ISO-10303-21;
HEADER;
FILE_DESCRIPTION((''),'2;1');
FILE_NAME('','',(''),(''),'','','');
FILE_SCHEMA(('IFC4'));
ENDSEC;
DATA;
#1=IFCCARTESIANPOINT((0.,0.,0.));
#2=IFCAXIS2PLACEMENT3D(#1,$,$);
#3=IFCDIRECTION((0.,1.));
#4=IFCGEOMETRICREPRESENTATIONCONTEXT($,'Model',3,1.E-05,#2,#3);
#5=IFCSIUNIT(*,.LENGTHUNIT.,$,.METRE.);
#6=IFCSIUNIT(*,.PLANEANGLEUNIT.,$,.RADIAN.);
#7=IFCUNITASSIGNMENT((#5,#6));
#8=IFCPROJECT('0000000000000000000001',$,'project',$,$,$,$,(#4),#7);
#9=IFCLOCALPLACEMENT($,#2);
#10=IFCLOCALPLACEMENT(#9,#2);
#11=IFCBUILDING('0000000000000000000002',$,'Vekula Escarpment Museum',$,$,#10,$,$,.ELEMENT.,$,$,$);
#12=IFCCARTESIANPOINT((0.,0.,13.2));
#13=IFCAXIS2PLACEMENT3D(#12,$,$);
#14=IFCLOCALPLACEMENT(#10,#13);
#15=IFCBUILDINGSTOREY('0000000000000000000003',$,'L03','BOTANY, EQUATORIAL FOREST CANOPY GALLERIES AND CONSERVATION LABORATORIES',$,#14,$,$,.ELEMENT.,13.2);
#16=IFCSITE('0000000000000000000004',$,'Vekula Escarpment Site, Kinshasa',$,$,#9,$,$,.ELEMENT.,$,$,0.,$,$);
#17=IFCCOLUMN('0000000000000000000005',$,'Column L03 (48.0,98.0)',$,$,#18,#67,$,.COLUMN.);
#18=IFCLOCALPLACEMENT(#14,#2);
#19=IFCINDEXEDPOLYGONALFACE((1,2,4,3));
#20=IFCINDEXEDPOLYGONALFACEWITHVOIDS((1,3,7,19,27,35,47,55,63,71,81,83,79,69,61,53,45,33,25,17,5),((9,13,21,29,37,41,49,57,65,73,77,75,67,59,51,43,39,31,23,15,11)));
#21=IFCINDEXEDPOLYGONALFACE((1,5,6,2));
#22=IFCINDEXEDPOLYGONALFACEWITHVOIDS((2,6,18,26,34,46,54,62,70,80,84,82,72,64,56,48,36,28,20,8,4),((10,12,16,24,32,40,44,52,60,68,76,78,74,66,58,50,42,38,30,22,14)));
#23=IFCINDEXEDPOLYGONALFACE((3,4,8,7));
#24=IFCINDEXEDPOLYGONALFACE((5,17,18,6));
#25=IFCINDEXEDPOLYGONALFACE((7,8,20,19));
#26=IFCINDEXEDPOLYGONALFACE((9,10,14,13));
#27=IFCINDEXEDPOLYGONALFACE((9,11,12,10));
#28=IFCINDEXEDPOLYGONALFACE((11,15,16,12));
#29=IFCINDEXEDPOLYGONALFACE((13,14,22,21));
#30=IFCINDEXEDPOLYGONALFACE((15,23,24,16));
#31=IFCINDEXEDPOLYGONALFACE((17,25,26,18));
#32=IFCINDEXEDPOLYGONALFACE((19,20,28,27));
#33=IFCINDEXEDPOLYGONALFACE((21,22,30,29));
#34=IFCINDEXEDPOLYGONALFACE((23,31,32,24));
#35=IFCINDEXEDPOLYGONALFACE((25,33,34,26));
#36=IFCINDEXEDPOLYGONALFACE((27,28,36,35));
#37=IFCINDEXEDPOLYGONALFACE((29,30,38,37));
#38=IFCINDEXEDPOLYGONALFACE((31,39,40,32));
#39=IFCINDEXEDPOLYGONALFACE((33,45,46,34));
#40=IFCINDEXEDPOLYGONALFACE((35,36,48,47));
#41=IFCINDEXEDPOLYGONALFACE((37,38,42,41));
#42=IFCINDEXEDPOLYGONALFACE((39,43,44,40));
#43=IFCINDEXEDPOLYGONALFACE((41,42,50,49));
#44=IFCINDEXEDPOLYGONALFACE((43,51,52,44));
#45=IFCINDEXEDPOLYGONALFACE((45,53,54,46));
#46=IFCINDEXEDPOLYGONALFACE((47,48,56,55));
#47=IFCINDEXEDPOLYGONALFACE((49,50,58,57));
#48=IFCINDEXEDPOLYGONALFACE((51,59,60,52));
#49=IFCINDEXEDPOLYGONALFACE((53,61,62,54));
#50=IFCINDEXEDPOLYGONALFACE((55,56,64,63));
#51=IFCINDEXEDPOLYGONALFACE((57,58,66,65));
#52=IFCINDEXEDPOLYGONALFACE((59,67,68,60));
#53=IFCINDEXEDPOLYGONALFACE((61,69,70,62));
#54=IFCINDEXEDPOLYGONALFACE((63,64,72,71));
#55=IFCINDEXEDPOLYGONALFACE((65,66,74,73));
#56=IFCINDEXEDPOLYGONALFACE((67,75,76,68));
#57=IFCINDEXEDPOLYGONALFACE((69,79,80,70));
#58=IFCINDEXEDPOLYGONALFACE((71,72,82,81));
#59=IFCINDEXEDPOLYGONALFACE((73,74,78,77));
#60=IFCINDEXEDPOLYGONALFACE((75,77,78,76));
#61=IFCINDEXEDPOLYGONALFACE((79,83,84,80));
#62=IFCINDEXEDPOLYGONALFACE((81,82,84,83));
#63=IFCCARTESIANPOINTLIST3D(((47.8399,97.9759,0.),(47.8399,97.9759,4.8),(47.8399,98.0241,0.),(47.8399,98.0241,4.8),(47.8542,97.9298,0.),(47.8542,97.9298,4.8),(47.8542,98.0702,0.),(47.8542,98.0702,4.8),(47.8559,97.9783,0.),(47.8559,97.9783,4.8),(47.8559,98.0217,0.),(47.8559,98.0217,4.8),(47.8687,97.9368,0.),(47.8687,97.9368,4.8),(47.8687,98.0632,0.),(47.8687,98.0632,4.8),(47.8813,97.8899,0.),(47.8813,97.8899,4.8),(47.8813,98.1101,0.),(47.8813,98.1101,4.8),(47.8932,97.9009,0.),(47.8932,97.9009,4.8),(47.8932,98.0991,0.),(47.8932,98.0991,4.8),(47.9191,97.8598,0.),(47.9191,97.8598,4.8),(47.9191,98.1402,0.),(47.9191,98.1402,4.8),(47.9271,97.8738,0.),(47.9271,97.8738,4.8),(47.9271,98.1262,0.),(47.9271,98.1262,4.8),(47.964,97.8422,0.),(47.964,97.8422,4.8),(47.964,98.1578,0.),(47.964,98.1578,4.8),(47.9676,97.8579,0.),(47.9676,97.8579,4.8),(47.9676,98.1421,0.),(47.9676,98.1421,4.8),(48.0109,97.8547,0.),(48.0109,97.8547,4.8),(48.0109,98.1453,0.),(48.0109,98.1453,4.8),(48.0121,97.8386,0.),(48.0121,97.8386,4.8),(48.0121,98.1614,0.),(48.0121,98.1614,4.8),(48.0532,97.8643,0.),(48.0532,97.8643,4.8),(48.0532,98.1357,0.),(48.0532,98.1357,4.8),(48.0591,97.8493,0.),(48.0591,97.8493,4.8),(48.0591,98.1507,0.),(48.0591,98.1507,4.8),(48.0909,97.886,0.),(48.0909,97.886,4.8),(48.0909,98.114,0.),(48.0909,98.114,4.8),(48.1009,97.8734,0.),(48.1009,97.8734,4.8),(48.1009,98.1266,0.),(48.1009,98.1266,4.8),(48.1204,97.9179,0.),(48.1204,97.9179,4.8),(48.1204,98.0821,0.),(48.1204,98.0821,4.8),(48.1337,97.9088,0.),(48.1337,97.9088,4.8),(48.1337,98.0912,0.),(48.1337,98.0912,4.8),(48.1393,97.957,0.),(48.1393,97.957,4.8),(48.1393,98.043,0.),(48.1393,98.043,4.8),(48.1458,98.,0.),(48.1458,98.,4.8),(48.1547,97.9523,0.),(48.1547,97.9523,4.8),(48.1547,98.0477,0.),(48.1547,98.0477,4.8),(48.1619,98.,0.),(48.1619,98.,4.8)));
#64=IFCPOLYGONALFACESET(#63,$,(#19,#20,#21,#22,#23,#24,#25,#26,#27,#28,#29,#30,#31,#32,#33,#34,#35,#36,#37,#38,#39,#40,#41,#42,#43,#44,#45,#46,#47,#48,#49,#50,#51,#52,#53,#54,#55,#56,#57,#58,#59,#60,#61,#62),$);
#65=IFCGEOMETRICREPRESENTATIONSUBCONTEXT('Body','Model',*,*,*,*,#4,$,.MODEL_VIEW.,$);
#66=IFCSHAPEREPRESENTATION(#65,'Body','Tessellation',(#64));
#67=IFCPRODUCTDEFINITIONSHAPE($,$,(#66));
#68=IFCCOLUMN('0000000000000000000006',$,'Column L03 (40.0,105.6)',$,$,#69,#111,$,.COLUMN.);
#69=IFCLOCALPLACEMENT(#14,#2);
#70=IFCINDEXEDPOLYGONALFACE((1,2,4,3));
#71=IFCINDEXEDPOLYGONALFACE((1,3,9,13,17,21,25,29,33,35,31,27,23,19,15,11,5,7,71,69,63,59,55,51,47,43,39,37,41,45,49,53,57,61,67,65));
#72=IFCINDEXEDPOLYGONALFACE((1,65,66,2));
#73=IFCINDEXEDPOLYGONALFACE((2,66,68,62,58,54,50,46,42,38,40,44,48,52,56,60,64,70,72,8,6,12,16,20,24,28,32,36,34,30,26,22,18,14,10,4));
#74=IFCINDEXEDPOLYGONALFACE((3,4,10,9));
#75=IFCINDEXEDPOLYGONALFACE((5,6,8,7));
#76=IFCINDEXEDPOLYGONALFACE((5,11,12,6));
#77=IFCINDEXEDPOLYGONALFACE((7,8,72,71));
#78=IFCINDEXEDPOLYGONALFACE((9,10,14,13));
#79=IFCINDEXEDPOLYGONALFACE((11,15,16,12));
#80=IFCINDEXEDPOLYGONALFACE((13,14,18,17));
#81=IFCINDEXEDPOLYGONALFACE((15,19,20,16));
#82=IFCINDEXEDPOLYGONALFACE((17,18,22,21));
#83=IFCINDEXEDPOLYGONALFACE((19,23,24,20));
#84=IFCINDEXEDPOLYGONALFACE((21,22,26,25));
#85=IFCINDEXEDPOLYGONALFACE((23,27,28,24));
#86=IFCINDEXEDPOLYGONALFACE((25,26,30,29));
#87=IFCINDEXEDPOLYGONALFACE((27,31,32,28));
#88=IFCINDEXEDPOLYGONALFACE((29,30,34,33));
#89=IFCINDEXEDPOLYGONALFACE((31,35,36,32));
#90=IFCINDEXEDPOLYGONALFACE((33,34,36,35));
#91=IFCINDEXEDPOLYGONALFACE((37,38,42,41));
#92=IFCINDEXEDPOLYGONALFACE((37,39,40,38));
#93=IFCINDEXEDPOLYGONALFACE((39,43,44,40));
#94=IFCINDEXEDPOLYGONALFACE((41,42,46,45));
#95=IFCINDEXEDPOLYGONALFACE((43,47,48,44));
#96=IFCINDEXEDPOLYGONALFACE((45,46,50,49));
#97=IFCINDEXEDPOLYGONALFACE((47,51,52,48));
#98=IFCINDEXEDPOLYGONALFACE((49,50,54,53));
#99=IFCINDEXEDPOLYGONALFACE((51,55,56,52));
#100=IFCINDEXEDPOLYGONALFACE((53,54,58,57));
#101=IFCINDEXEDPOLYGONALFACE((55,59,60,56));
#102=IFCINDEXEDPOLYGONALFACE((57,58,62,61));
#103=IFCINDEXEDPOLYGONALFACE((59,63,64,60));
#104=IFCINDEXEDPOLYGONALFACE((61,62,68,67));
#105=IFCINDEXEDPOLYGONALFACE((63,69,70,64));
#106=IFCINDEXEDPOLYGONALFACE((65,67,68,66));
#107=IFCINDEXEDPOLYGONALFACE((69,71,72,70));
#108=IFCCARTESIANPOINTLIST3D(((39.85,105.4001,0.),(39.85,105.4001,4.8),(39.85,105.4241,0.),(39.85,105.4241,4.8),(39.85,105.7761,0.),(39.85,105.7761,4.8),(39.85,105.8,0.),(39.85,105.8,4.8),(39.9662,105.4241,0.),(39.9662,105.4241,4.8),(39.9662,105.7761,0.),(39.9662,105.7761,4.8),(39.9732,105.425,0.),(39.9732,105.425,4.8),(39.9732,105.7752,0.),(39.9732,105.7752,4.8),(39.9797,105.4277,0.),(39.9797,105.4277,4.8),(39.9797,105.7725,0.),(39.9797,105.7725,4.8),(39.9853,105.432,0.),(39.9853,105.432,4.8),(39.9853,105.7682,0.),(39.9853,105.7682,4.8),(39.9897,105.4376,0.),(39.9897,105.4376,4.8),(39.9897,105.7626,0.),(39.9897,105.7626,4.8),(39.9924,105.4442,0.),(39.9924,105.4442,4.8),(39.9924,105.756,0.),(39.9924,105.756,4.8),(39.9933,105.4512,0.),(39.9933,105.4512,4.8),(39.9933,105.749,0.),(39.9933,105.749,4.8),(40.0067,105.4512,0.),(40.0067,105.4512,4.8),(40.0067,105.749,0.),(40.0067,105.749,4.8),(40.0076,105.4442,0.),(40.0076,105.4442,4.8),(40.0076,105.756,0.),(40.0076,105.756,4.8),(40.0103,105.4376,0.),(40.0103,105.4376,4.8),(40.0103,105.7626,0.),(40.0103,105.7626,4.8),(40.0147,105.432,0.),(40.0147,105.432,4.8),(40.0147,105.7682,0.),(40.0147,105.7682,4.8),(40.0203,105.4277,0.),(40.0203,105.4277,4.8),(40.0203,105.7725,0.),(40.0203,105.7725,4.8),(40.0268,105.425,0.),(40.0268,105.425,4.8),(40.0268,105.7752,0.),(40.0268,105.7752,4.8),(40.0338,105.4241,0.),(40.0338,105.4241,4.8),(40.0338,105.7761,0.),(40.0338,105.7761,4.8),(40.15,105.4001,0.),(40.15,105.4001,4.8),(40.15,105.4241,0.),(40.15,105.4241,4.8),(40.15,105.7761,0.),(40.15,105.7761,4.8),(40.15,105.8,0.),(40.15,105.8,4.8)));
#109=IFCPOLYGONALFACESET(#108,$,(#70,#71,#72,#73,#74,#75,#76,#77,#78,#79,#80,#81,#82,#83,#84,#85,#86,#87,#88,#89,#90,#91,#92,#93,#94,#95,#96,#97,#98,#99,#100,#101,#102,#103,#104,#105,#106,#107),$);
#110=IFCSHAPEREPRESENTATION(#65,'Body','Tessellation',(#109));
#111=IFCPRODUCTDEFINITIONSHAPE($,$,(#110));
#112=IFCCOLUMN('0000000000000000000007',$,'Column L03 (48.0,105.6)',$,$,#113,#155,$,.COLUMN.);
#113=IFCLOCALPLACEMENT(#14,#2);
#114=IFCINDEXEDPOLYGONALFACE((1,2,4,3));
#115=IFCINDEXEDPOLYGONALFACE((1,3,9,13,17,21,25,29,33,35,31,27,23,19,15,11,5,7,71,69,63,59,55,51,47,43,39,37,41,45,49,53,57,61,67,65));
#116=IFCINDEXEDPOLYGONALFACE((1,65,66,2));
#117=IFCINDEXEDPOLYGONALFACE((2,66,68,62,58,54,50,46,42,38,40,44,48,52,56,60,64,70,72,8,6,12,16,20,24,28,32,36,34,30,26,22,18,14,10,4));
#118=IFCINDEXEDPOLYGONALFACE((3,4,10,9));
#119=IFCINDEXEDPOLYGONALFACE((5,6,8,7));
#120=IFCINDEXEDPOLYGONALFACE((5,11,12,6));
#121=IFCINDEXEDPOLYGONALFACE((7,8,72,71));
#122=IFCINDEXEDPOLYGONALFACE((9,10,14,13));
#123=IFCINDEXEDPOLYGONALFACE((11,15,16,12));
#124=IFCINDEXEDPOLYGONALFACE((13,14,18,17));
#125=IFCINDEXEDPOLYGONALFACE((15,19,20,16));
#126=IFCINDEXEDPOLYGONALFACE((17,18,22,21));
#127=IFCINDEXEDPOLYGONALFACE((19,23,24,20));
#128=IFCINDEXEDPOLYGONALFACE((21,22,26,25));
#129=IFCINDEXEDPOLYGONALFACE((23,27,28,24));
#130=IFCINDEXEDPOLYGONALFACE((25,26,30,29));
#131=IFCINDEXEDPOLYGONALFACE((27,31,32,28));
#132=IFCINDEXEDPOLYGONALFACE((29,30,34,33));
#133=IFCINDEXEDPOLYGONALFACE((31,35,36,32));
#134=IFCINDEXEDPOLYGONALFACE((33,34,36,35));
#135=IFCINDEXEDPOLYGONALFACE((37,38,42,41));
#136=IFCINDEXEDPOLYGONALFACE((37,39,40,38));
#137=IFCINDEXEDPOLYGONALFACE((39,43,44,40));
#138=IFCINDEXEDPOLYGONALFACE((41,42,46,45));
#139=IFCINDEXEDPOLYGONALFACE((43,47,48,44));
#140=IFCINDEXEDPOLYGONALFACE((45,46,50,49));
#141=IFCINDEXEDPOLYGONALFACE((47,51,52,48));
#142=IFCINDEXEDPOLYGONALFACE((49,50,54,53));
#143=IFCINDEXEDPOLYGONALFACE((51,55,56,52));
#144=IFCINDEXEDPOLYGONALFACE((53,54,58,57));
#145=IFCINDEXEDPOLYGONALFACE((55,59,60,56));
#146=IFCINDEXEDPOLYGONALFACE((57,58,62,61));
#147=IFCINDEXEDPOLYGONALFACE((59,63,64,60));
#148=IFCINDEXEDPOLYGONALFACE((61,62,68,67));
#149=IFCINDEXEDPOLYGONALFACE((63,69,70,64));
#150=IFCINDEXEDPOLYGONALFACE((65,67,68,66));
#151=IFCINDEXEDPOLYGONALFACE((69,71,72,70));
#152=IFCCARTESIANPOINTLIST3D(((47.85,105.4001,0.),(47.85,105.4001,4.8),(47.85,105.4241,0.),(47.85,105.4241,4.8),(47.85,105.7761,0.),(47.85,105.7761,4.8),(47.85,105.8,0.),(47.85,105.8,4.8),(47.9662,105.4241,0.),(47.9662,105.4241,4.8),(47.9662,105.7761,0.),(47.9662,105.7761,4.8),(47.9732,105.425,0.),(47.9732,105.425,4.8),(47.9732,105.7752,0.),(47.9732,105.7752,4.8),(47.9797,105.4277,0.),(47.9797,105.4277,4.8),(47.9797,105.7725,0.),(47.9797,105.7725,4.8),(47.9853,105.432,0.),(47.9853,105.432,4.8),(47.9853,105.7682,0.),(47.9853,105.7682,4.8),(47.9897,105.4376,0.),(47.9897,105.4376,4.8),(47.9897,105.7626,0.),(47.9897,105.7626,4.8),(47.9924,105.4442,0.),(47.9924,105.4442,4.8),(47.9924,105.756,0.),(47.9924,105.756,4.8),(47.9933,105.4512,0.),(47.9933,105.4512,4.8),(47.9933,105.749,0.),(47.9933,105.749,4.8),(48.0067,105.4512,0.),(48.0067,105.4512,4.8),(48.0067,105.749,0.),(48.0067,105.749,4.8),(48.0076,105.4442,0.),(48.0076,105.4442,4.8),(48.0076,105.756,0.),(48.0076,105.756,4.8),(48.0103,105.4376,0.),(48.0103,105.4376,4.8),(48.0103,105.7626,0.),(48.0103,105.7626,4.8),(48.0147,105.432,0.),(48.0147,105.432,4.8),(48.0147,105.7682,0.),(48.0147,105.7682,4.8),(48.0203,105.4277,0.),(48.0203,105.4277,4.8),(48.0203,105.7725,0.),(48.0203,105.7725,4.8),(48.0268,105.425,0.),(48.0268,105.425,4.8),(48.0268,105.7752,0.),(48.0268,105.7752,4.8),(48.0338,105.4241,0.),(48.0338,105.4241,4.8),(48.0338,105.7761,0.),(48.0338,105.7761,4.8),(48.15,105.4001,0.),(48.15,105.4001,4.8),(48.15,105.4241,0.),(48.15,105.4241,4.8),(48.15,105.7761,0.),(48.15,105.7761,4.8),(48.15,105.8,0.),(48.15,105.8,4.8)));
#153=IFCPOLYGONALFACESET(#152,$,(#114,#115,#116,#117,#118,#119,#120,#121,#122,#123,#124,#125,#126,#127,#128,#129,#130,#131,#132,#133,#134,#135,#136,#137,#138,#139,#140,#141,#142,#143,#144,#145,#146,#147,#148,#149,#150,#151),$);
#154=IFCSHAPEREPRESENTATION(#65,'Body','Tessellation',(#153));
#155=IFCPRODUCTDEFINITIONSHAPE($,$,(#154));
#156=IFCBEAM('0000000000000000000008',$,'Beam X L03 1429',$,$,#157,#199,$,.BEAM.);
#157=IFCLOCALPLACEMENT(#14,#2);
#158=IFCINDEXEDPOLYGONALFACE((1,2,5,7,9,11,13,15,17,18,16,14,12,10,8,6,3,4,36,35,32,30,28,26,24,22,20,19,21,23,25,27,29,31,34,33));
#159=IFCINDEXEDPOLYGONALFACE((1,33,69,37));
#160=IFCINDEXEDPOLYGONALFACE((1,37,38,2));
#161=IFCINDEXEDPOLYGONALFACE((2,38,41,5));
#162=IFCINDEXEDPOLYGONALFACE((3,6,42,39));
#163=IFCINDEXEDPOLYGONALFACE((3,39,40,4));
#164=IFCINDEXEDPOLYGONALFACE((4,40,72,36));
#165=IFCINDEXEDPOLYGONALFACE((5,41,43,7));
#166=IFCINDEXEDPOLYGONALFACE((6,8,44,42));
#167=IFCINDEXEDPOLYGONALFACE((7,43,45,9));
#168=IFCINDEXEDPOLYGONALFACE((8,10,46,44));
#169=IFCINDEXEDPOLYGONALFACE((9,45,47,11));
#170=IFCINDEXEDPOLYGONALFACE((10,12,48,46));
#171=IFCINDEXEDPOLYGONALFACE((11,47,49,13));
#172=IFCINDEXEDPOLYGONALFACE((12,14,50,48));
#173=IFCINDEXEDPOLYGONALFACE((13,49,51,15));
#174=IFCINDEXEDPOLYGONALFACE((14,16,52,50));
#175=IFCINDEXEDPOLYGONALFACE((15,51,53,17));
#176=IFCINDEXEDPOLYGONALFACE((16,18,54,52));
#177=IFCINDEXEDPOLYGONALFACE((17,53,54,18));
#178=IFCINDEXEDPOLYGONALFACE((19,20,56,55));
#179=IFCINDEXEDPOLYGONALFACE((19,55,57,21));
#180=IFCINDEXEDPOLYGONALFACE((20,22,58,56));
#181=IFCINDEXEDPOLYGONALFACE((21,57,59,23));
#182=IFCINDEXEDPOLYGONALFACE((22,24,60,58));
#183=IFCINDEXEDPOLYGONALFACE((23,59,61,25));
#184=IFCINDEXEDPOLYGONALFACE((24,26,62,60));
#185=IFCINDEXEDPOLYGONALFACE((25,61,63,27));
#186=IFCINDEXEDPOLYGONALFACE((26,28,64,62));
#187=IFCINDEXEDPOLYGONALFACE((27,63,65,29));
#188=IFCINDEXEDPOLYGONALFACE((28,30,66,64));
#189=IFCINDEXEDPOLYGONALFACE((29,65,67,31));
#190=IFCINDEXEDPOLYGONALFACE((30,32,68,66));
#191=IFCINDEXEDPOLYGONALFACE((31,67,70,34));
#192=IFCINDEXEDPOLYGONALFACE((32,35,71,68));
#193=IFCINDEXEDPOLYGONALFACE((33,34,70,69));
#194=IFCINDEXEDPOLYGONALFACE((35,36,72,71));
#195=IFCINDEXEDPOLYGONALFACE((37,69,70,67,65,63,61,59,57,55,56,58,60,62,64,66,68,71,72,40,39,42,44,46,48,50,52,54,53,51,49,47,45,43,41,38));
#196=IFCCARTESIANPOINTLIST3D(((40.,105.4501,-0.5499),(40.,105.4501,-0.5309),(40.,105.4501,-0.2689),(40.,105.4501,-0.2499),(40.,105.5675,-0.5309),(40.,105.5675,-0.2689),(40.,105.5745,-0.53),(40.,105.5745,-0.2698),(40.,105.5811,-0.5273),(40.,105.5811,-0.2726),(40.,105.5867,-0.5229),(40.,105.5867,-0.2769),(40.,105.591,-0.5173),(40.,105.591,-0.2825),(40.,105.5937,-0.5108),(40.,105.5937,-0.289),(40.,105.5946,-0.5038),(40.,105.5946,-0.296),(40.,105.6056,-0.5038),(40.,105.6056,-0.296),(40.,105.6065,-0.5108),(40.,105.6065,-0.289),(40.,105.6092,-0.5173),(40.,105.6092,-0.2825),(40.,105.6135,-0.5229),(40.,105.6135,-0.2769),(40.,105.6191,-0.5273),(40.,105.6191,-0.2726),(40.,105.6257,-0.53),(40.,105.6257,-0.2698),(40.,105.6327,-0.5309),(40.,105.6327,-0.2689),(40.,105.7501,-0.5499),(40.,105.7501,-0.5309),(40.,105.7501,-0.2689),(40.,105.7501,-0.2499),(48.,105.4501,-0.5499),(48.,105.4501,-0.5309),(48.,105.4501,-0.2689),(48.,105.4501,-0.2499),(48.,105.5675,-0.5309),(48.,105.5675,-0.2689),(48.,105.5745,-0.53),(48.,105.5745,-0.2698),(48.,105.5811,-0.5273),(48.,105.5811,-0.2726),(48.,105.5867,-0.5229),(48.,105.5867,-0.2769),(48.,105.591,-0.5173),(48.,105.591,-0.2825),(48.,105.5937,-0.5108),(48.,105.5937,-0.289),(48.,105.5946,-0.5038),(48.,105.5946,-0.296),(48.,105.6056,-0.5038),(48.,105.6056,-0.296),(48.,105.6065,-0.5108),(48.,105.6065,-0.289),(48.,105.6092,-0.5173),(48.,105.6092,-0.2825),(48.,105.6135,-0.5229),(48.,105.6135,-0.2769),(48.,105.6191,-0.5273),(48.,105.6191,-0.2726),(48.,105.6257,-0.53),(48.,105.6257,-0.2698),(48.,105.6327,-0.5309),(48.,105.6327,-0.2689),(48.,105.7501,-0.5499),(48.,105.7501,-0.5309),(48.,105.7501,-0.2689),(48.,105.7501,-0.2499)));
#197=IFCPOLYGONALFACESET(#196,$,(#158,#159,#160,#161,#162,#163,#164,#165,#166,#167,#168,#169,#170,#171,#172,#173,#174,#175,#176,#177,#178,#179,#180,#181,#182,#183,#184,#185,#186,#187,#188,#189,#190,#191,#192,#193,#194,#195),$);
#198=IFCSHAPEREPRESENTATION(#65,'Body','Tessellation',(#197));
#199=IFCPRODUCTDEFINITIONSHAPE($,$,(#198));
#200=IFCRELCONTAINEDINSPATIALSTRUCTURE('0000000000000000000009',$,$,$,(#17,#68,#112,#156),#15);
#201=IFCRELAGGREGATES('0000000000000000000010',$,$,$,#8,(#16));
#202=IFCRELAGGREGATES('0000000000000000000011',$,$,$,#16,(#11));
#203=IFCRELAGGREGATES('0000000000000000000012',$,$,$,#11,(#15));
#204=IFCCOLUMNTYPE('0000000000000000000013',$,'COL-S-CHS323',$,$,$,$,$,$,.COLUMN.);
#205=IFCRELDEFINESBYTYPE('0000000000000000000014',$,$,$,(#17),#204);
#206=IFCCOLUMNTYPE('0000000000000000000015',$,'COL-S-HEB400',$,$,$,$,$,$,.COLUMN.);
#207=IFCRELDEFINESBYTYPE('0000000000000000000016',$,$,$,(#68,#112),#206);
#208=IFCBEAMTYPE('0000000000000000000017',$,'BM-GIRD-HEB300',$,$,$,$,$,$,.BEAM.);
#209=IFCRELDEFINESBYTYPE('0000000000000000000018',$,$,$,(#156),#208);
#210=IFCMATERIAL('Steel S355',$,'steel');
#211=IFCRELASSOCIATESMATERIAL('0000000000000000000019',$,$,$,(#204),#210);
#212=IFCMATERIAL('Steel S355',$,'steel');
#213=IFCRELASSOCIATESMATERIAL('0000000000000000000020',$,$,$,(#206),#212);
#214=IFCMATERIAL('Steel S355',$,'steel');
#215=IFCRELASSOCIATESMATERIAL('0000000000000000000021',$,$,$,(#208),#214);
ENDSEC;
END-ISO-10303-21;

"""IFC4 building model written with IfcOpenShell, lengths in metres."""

from ifc_helpers import new_model, si_unit, direction, frame, origin, origin_2d, place, context, subcontext, project, spatial, hollow_circle, i_section, extrude, material, material_profile, profile_set, type_object, element, save


model = new_model("IFC4")

# Units and contexts
model_context = context("Model", 3, precision=1e-05, world=origin(), true_north=direction((0.0, 1.0)))
body_context = subcontext(model_context, "Body", "Model", "MODEL_VIEW")
ifc_project = project(units=[si_unit("LENGTHUNIT", "METRE"), si_unit("PLANEANGLEUNIT", "RADIAN")], contexts=[model_context])

# Site, building, storey
site_placement = place(None, origin())
site = spatial("IfcSite", under=ifc_project, at=site_placement, Name="Vekula Escarpment Site, Kinshasa", CompositionType="ELEMENT", RefElevation=0.0)
building_placement = place(site_placement, origin())
building = spatial("IfcBuilding", under=site, at=building_placement, Name="Vekula Escarpment Museum", CompositionType="ELEMENT")
storey_placement = place(building_placement, frame((0.0, 0.0, 13.2)))
storey = spatial("IfcBuildingStorey", under=building, at=storey_placement, Name="L03", Description="BOTANY, EQUATORIAL FOREST CANOPY GALLERIES AND CONSERVATION LABORATORIES", CompositionType="ELEMENT", Elevation=13.2)

# Columns
ifc_material_1 = material(Name="Steel S355", Category="steel")
ifc_material_profile_1 = material_profile(ifc_material_1, hollow_circle(Radius=0.1619, WallThickness=0.0161, at=origin_2d()), Name="CHS 323.9x16")
ifc_profile_set_1 = profile_set([ifc_material_profile_1], Name="Steel S355")
column_type_1 = type_object("IfcColumnType", Name="COL-S-CHS323", PredefinedType="COLUMN", material=ifc_profile_set_1)
column_placement = place(storey_placement, frame((48.0, 98.0, 0.0), z_axis=(0.0, 0.0, 1.0), x_axis=(1.0, 0.0, 0.0)))
element("IfcColumn", 1, at=column_placement, inside=storey, type_object=column_type_1, Name="Column L03 (48.0,98.0)", PredefinedType="COLUMN", context=body_context, shape_type="SweptSolid", body=[
    extrude(hollow_circle(Radius=0.1619, WallThickness=0.0161, at=origin_2d()), origin(), (0.0, 0.0, 1.0), 4.8),
])
ifc_material_2 = material(Name="Steel S355", Category="steel")
ifc_material_profile_2 = material_profile(ifc_material_2, i_section(OverallWidth=0.3, OverallDepth=0.3999, WebThickness=0.0134, FlangeThickness=0.0239, FilletRadius=0.0271, at=origin_2d()), Name="HEB 400")
ifc_profile_set_2 = profile_set([ifc_material_profile_2], Name="Steel S355")
column_type_2 = type_object("IfcColumnType", Name="COL-S-HEB400", PredefinedType="COLUMN", material=ifc_profile_set_2)
for number, where, z_axis, x_axis, name in (
    (2, (40.0, 105.6001, 0.0), (0.0, 0.0, 1.0), (1.0, 0.0, 0.0), "Column L03 (40.0,105.6)"),
    (3, (48.0, 105.6001, 0.0), (0.0, 0.0, 1.0), (1.0, 0.0, 0.0), "Column L03 (48.0,105.6)"),
):
    element("IfcColumn", number, at=place(storey_placement, frame(where, z_axis=z_axis, x_axis=x_axis)), inside=storey, type_object=column_type_2, Name=name, PredefinedType="COLUMN", context=body_context, shape_type="SweptSolid", body=[
        extrude(i_section(OverallWidth=0.3, OverallDepth=0.3999, WebThickness=0.0134, FlangeThickness=0.0239, FilletRadius=0.0271, at=origin_2d()), origin(), (0.0, 0.0, 1.0), 4.8),
    ])

# Beam
ifc_material_3 = material(Name="Steel S355", Category="steel")
ifc_material_profile_3 = material_profile(ifc_material_3, i_section(OverallWidth=0.3, OverallDepth=0.3, WebThickness=0.011, FlangeThickness=0.019, FilletRadius=0.0271, at=origin_2d()), Name="HEB 300")
ifc_profile_set_3 = profile_set([ifc_material_profile_3], Name="Steel S355")
beam_type_1 = type_object("IfcBeamType", Name="BM-GIRD-HEB300", PredefinedType="BEAM", material=ifc_profile_set_3)
beam_1_placement = place(storey_placement, frame((40.0, 105.6001, -0.3999), z_axis=(1.0, 0.0, 0.0), x_axis=(0.0, 1.0, 0.0)))
element("IfcBeam", 4, at=beam_1_placement, inside=storey, type_object=beam_type_1, Name="Beam X L03 1429", PredefinedType="BEAM", context=body_context, shape_type="SweptSolid", body=[
    extrude(i_section(OverallWidth=0.3, OverallDepth=0.3, WebThickness=0.011, FlangeThickness=0.019, FilletRadius=0.0271, at=origin_2d()), origin(), (0.0, 0.0, 1.0), 8.0),
])

save(model, "model.ifc")
